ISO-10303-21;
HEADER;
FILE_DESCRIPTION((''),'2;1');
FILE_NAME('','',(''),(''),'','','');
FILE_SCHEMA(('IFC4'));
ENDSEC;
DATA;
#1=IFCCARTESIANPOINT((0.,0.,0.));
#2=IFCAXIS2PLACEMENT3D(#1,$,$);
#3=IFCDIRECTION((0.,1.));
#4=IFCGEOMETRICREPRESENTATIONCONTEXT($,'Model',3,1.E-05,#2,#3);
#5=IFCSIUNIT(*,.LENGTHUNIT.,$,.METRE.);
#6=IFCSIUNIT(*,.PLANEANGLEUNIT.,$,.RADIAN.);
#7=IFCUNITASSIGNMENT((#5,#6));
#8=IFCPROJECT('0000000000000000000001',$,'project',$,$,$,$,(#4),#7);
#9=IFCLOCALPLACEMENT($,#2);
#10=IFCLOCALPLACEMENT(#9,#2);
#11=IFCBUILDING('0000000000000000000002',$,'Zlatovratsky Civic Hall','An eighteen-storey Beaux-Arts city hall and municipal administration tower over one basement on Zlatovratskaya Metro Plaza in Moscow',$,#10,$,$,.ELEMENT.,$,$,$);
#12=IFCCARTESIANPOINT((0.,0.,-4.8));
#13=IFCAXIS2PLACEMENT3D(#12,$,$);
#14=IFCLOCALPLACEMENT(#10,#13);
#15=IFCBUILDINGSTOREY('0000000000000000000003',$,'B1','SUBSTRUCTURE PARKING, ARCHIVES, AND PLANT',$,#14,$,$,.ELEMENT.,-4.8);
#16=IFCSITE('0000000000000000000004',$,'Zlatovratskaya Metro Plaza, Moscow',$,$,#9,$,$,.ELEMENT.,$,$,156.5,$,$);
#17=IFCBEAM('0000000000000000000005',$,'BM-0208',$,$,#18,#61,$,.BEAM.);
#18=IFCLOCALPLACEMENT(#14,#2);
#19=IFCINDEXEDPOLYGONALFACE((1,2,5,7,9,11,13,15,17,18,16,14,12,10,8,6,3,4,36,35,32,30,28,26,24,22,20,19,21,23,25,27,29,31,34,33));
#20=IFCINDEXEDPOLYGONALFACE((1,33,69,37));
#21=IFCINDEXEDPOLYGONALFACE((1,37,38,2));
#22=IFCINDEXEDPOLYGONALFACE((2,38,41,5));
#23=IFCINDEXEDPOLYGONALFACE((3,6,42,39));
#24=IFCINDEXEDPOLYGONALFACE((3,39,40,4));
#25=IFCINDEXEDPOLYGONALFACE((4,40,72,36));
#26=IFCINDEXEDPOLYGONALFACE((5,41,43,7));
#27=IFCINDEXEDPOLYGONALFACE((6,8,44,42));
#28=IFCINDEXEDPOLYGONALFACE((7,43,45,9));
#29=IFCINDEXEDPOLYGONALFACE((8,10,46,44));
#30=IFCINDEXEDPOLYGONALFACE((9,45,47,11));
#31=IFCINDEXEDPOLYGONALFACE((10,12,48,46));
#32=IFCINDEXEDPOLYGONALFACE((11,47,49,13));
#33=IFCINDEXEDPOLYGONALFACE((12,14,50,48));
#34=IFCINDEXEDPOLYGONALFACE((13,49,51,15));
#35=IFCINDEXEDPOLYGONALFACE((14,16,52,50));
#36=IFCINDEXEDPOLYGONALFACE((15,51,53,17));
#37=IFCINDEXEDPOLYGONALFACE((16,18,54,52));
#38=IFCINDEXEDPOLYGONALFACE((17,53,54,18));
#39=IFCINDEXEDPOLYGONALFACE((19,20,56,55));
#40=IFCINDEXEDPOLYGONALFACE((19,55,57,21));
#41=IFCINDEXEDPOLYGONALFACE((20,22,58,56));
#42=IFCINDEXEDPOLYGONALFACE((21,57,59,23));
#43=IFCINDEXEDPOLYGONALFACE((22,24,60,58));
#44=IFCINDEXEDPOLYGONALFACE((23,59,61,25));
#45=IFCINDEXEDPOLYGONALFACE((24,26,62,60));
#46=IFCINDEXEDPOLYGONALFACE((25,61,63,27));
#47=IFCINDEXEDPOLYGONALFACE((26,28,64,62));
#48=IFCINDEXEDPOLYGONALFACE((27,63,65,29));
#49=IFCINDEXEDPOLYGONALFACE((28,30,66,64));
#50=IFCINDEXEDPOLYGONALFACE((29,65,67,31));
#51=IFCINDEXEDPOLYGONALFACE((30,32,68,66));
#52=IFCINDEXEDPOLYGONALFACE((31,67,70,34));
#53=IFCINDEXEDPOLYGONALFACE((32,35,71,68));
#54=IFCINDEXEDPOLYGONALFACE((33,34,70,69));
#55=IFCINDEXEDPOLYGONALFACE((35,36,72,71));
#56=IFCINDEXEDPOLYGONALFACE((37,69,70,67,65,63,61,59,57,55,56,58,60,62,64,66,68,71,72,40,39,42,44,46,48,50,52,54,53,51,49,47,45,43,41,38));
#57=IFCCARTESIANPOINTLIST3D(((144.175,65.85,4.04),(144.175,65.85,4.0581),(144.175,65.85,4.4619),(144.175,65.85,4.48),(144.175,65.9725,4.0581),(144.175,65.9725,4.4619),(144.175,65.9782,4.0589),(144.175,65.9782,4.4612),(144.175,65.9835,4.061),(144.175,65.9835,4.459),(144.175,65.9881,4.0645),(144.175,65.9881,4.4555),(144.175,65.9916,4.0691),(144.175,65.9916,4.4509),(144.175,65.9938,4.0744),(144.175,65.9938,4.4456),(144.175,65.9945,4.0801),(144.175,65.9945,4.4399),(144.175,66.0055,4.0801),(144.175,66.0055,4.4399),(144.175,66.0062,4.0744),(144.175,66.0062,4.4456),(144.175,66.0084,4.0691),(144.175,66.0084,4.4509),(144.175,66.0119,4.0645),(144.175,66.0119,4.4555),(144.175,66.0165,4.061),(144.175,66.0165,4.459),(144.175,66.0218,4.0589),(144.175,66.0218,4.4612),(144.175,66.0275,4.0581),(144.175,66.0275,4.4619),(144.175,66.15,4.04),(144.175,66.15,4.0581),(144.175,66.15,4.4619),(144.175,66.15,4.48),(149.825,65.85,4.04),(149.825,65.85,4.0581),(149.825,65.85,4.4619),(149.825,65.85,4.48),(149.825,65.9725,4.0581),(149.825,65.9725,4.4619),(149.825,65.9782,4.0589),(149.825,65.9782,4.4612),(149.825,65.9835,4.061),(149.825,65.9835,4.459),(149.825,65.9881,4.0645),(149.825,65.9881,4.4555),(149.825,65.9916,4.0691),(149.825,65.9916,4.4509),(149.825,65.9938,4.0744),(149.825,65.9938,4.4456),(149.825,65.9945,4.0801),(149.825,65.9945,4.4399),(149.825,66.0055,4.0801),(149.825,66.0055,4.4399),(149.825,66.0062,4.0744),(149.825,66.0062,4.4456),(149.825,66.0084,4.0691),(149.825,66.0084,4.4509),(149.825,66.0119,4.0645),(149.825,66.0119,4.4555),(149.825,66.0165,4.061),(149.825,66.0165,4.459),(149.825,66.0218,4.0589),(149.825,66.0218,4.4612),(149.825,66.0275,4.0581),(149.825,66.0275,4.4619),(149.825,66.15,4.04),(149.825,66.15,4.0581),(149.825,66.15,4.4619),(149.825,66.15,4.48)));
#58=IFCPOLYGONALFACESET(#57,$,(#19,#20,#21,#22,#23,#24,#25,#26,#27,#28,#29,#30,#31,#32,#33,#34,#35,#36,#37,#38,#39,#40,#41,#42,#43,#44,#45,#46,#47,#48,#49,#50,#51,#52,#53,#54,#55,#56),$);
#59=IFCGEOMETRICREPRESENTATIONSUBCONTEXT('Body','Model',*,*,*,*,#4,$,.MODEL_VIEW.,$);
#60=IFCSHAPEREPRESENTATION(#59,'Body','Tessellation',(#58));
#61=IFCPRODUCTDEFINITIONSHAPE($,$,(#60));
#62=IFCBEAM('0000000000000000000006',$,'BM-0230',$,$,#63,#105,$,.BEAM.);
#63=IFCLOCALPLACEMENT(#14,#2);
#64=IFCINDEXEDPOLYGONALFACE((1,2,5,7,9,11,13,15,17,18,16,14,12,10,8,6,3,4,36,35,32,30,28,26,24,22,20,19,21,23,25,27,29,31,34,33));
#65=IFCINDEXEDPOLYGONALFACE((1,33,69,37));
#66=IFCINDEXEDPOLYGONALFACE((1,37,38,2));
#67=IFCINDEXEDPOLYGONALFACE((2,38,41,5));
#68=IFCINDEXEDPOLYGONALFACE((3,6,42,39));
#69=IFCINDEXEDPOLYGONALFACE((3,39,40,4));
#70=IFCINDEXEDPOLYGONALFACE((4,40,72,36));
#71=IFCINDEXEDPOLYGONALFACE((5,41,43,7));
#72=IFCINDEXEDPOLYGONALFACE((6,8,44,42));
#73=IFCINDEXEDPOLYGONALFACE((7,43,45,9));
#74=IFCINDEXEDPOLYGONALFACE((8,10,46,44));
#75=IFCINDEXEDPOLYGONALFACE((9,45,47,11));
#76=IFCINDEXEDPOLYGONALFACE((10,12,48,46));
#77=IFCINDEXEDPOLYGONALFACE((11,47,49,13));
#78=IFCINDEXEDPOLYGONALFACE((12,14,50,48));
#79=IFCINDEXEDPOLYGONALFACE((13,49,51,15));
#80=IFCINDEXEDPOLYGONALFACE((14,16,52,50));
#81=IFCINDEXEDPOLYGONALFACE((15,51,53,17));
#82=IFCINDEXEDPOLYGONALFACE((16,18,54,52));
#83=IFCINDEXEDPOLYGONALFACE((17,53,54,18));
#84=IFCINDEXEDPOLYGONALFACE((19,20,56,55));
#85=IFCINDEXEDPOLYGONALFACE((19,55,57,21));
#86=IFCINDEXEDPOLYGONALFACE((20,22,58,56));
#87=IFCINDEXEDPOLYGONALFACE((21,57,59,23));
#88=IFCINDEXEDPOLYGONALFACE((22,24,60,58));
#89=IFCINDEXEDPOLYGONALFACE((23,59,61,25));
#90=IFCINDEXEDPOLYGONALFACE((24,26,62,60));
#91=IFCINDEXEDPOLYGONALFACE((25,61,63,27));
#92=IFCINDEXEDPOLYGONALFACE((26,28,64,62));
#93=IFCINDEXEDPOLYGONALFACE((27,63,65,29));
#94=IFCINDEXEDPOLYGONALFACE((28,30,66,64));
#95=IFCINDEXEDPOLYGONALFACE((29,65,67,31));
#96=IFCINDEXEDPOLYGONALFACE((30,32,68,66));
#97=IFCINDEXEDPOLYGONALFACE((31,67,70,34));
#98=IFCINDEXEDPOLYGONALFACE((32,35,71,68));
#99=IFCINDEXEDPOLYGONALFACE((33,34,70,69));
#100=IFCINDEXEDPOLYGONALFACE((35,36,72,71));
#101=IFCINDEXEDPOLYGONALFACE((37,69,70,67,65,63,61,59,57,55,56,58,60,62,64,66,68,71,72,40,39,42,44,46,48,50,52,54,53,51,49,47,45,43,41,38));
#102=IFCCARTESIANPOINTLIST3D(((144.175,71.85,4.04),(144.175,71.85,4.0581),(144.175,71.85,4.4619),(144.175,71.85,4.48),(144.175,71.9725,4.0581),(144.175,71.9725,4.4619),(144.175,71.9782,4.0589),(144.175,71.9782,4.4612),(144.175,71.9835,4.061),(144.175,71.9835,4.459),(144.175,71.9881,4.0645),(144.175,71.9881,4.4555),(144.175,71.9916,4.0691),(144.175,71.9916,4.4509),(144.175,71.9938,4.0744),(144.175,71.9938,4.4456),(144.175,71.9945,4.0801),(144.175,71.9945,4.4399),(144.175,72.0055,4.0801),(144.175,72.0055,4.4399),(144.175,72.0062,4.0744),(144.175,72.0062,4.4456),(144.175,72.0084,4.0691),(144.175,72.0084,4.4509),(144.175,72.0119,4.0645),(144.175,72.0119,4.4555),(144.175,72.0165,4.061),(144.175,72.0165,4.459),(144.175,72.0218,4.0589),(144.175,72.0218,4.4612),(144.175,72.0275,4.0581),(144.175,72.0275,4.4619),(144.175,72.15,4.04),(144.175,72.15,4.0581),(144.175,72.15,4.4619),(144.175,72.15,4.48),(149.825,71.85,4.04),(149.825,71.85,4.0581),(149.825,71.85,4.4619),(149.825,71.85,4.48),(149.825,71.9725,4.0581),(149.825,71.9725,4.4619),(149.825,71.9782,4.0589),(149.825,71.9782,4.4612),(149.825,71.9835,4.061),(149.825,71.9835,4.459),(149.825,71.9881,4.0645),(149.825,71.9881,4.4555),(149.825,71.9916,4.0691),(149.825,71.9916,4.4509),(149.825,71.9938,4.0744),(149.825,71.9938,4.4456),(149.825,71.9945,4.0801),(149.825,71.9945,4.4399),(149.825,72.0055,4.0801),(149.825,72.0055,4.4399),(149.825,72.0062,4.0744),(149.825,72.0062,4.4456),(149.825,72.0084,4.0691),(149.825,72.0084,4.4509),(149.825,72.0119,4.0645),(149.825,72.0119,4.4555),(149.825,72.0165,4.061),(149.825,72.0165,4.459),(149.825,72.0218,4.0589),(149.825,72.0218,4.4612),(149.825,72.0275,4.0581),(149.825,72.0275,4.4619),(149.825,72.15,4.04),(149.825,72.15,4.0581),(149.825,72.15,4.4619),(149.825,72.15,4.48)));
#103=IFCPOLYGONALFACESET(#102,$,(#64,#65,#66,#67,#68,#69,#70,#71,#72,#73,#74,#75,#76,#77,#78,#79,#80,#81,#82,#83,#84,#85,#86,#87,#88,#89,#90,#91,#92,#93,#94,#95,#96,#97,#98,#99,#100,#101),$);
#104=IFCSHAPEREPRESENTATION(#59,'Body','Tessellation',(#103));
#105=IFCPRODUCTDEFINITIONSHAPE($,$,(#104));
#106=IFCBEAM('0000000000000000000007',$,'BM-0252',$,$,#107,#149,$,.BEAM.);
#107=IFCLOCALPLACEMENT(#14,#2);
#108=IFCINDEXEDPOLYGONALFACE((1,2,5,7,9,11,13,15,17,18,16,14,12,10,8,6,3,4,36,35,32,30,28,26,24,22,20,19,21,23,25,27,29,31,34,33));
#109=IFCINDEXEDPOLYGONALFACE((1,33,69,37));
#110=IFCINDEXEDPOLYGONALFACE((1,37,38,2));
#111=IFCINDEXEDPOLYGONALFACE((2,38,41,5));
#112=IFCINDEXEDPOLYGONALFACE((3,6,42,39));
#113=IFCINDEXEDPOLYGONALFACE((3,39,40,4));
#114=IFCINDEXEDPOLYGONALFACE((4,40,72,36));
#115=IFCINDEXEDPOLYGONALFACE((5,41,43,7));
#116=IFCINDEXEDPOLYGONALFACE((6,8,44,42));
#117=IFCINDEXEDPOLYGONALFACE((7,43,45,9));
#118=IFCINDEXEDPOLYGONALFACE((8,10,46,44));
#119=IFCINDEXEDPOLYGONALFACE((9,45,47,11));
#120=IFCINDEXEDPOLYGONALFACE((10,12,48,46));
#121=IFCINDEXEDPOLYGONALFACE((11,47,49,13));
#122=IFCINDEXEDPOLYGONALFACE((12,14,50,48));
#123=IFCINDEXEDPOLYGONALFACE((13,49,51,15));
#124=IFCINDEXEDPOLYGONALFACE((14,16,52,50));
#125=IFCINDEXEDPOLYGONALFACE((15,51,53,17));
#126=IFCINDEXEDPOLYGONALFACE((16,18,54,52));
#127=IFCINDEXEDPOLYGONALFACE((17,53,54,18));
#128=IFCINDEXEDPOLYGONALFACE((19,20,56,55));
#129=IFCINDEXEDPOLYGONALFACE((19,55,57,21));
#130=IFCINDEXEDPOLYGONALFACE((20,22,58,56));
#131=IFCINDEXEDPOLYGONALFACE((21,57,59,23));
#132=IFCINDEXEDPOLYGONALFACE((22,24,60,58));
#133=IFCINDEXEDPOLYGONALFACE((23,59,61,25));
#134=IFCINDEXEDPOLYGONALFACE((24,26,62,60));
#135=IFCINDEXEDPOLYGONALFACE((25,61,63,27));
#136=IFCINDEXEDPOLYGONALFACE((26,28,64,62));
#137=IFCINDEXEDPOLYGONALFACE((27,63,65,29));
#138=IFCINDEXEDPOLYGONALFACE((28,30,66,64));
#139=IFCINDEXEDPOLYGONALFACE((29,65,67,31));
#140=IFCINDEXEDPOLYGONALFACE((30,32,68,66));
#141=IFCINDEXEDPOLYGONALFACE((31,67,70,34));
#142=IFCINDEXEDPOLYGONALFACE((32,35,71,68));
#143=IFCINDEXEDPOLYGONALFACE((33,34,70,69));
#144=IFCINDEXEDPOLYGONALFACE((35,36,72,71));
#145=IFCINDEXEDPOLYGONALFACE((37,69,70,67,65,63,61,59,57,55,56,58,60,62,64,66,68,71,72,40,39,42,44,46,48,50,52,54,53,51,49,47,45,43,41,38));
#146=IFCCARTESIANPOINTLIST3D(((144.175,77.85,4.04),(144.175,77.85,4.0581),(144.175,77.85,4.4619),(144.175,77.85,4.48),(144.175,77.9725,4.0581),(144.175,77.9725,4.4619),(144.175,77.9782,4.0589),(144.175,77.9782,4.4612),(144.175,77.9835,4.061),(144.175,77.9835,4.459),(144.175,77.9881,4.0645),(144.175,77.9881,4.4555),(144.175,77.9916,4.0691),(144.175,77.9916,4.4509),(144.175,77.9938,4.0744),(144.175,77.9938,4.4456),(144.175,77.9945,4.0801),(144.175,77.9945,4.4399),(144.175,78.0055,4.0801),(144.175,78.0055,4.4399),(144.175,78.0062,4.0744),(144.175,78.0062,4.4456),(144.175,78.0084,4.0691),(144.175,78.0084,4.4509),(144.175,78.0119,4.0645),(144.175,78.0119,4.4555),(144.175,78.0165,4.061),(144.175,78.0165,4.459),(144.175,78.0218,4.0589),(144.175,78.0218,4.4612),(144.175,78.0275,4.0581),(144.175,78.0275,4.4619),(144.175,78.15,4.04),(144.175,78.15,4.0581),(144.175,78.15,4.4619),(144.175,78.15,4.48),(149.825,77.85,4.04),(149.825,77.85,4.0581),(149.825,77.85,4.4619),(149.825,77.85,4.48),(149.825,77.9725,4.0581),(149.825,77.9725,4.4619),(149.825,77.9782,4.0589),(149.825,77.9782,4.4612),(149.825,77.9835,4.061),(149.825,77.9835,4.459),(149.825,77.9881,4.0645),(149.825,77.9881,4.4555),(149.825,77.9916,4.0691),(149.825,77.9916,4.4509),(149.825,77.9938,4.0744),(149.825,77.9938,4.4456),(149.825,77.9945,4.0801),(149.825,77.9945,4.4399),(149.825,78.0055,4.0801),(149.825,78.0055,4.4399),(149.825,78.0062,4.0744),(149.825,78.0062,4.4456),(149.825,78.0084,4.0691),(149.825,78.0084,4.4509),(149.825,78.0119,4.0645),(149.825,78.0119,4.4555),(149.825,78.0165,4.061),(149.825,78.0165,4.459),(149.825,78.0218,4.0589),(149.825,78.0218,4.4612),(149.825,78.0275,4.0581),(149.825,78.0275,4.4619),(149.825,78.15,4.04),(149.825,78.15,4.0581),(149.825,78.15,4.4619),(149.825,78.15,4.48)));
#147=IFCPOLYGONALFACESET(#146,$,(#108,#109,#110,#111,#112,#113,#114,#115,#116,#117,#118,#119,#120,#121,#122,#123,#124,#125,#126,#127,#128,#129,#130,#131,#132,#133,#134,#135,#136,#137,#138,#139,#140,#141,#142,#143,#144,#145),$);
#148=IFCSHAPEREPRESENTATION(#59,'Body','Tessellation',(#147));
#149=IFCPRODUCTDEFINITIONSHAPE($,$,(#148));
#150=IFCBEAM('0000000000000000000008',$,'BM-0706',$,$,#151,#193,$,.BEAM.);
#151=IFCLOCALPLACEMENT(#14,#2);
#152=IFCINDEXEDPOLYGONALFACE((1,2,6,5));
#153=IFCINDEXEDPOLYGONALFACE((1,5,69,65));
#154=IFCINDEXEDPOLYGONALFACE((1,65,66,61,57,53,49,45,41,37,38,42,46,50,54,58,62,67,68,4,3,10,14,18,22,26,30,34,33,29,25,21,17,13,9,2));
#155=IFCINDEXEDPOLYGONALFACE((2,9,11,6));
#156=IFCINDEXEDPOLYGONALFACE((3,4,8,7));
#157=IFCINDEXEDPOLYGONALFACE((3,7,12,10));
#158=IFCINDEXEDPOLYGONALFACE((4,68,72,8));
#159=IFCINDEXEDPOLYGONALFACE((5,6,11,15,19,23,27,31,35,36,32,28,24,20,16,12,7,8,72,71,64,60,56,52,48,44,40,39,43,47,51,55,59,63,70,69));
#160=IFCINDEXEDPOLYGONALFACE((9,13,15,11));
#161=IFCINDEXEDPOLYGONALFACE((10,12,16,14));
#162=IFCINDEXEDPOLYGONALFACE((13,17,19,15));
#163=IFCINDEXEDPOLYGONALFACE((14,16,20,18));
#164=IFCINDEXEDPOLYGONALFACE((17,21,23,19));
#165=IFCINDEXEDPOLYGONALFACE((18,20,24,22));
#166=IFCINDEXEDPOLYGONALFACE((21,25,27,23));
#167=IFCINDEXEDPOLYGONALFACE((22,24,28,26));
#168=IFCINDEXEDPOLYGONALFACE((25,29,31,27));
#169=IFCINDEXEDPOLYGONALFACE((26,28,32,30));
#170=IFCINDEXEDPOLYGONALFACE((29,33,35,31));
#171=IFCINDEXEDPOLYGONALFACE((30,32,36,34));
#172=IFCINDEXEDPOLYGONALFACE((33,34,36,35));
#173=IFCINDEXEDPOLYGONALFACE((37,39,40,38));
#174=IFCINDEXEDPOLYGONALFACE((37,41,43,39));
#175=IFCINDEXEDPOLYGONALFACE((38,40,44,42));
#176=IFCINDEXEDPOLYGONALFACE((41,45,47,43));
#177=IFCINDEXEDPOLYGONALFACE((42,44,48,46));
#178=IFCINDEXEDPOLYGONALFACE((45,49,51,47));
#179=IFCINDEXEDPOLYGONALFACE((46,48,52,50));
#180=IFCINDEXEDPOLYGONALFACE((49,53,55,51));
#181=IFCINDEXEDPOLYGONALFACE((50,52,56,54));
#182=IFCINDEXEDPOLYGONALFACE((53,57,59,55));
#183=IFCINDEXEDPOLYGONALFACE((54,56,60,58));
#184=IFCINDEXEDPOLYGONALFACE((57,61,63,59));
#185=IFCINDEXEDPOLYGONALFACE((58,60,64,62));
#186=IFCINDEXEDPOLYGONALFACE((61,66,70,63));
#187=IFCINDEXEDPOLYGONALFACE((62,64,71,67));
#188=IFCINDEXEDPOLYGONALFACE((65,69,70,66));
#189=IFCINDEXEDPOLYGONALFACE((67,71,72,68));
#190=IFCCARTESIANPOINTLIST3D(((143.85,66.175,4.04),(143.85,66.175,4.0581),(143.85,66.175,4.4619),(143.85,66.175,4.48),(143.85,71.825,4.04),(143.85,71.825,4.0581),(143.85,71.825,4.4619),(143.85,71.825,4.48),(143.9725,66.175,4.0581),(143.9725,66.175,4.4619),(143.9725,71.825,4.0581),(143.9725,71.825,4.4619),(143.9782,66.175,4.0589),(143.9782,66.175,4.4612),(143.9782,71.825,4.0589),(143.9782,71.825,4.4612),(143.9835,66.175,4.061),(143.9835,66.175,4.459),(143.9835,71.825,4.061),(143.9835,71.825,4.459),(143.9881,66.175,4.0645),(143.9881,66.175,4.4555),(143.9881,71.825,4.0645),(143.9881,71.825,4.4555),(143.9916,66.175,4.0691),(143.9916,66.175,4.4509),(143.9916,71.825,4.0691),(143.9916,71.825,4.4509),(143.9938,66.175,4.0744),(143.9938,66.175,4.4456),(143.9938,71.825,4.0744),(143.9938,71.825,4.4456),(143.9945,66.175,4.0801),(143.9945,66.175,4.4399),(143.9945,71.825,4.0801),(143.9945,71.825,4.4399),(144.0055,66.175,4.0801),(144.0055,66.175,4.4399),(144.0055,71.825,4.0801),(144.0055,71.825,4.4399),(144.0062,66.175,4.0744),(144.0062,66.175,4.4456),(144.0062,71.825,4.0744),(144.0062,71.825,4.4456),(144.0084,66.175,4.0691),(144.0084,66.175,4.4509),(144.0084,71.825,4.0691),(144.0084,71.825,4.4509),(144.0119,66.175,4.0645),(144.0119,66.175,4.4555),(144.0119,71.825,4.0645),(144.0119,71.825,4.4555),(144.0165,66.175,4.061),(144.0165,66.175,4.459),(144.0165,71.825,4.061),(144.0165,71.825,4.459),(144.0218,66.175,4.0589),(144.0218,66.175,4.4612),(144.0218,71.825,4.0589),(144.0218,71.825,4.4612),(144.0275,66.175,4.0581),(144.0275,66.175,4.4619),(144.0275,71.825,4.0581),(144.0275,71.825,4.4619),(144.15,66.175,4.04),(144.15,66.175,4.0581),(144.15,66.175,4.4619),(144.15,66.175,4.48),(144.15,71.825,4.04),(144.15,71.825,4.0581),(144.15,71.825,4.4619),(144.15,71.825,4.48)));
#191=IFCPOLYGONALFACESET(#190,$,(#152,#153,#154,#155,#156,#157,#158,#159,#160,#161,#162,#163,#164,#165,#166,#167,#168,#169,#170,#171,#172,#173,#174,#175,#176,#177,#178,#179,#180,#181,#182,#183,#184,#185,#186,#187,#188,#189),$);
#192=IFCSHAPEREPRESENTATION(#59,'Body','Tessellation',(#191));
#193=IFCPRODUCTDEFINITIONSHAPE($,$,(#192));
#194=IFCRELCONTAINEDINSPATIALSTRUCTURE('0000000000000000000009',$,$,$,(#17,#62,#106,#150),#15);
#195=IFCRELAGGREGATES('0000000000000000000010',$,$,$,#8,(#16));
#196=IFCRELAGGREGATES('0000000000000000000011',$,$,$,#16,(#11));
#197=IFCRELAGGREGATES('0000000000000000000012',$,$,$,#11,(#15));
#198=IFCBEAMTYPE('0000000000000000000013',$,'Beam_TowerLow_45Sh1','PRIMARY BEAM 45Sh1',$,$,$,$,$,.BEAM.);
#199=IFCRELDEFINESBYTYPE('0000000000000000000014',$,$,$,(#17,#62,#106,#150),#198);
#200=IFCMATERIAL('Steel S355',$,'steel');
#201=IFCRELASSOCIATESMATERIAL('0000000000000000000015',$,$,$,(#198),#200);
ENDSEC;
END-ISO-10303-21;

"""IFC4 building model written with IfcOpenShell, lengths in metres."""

from ifc_helpers import new_model, si_unit, direction, frame, origin, origin_2d, place, context, subcontext, project, spatial, i_section, extrude, material, material_profile, profile_set, type_object, element, save


model = new_model("IFC4")

# Units and contexts
model_context = context("Model", 3, precision=1e-05, world=origin(), true_north=direction((0.0, 1.0)))
body_context = subcontext(model_context, "Body", "Model", "MODEL_VIEW")
ifc_project = project(units=[si_unit("LENGTHUNIT", "METRE"), si_unit("PLANEANGLEUNIT", "RADIAN")], contexts=[model_context])

# Site, building, storey
site_placement = place(None, origin())
site = spatial("IfcSite", under=ifc_project, at=site_placement, Name="Zlatovratskaya Metro Plaza, Moscow", CompositionType="ELEMENT", RefElevation=156.5)
building_placement = place(site_placement, origin())
building = spatial("IfcBuilding", under=site, at=building_placement, Name="Zlatovratsky Civic Hall", Description="An eighteen-storey Beaux-Arts city hall and municipal administration tower over one basement on Zlatovratskaya Metro Plaza in Moscow", CompositionType="ELEMENT")
storey_placement = place(building_placement, frame((0.0, 0.0, -4.8)))
storey = spatial("IfcBuildingStorey", under=building, at=storey_placement, Name="B1", Description="SUBSTRUCTURE PARKING, ARCHIVES, AND PLANT", CompositionType="ELEMENT", Elevation=-4.8)

# Shared definitions
ifc_material_1 = material(Name="Steel S355", Category="steel")

# Beams
ifc_material_profile_1 = material_profile(ifc_material_1, i_section(OverallWidth=0.3, OverallDepth=0.4399, WebThickness=0.011, FlangeThickness=0.0181, FilletRadius=0.022, at=origin_2d()), Name="45Sh1")
ifc_profile_set_1 = profile_set([ifc_material_profile_1], Name="Steel S355")
beam_type_1 = type_object("IfcBeamType", Name="Beam_TowerLow_45Sh1", Description="PRIMARY BEAM 45Sh1", PredefinedType="BEAM", material=ifc_profile_set_1)
for number, where, z_axis, x_axis, name in (
    (1, (144.175, 66.0, 4.26), (1.0, 0.0, 0.0), (0.0, 1.0, 0.0), "BM-0208"),
    (2, (144.175, 72.0, 4.26), (1.0, 0.0, 0.0), (0.0, 1.0, 0.0), "BM-0230"),
    (3, (144.175, 78.0, 4.26), (1.0, 0.0, 0.0), (0.0, 1.0, 0.0), "BM-0252"),
    (4, (144.0, 66.175, 4.26), (0.0, 1.0, 0.0), (-1.0, 0.0, 0.0), "BM-0706"),
):
    element("IfcBeam", number, at=place(storey_placement, frame(where, z_axis=z_axis, x_axis=x_axis)), inside=storey, type_object=beam_type_1, Name=name, PredefinedType="BEAM", context=body_context, shape_type="SweptSolid", body=[
        extrude(i_section(OverallWidth=0.3, OverallDepth=0.4399, WebThickness=0.011, FlangeThickness=0.0181, FilletRadius=0.022, at=origin_2d()), origin(), (0.0, 0.0, 1.0), 5.6499),
    ])

save(model, "model.ifc")
